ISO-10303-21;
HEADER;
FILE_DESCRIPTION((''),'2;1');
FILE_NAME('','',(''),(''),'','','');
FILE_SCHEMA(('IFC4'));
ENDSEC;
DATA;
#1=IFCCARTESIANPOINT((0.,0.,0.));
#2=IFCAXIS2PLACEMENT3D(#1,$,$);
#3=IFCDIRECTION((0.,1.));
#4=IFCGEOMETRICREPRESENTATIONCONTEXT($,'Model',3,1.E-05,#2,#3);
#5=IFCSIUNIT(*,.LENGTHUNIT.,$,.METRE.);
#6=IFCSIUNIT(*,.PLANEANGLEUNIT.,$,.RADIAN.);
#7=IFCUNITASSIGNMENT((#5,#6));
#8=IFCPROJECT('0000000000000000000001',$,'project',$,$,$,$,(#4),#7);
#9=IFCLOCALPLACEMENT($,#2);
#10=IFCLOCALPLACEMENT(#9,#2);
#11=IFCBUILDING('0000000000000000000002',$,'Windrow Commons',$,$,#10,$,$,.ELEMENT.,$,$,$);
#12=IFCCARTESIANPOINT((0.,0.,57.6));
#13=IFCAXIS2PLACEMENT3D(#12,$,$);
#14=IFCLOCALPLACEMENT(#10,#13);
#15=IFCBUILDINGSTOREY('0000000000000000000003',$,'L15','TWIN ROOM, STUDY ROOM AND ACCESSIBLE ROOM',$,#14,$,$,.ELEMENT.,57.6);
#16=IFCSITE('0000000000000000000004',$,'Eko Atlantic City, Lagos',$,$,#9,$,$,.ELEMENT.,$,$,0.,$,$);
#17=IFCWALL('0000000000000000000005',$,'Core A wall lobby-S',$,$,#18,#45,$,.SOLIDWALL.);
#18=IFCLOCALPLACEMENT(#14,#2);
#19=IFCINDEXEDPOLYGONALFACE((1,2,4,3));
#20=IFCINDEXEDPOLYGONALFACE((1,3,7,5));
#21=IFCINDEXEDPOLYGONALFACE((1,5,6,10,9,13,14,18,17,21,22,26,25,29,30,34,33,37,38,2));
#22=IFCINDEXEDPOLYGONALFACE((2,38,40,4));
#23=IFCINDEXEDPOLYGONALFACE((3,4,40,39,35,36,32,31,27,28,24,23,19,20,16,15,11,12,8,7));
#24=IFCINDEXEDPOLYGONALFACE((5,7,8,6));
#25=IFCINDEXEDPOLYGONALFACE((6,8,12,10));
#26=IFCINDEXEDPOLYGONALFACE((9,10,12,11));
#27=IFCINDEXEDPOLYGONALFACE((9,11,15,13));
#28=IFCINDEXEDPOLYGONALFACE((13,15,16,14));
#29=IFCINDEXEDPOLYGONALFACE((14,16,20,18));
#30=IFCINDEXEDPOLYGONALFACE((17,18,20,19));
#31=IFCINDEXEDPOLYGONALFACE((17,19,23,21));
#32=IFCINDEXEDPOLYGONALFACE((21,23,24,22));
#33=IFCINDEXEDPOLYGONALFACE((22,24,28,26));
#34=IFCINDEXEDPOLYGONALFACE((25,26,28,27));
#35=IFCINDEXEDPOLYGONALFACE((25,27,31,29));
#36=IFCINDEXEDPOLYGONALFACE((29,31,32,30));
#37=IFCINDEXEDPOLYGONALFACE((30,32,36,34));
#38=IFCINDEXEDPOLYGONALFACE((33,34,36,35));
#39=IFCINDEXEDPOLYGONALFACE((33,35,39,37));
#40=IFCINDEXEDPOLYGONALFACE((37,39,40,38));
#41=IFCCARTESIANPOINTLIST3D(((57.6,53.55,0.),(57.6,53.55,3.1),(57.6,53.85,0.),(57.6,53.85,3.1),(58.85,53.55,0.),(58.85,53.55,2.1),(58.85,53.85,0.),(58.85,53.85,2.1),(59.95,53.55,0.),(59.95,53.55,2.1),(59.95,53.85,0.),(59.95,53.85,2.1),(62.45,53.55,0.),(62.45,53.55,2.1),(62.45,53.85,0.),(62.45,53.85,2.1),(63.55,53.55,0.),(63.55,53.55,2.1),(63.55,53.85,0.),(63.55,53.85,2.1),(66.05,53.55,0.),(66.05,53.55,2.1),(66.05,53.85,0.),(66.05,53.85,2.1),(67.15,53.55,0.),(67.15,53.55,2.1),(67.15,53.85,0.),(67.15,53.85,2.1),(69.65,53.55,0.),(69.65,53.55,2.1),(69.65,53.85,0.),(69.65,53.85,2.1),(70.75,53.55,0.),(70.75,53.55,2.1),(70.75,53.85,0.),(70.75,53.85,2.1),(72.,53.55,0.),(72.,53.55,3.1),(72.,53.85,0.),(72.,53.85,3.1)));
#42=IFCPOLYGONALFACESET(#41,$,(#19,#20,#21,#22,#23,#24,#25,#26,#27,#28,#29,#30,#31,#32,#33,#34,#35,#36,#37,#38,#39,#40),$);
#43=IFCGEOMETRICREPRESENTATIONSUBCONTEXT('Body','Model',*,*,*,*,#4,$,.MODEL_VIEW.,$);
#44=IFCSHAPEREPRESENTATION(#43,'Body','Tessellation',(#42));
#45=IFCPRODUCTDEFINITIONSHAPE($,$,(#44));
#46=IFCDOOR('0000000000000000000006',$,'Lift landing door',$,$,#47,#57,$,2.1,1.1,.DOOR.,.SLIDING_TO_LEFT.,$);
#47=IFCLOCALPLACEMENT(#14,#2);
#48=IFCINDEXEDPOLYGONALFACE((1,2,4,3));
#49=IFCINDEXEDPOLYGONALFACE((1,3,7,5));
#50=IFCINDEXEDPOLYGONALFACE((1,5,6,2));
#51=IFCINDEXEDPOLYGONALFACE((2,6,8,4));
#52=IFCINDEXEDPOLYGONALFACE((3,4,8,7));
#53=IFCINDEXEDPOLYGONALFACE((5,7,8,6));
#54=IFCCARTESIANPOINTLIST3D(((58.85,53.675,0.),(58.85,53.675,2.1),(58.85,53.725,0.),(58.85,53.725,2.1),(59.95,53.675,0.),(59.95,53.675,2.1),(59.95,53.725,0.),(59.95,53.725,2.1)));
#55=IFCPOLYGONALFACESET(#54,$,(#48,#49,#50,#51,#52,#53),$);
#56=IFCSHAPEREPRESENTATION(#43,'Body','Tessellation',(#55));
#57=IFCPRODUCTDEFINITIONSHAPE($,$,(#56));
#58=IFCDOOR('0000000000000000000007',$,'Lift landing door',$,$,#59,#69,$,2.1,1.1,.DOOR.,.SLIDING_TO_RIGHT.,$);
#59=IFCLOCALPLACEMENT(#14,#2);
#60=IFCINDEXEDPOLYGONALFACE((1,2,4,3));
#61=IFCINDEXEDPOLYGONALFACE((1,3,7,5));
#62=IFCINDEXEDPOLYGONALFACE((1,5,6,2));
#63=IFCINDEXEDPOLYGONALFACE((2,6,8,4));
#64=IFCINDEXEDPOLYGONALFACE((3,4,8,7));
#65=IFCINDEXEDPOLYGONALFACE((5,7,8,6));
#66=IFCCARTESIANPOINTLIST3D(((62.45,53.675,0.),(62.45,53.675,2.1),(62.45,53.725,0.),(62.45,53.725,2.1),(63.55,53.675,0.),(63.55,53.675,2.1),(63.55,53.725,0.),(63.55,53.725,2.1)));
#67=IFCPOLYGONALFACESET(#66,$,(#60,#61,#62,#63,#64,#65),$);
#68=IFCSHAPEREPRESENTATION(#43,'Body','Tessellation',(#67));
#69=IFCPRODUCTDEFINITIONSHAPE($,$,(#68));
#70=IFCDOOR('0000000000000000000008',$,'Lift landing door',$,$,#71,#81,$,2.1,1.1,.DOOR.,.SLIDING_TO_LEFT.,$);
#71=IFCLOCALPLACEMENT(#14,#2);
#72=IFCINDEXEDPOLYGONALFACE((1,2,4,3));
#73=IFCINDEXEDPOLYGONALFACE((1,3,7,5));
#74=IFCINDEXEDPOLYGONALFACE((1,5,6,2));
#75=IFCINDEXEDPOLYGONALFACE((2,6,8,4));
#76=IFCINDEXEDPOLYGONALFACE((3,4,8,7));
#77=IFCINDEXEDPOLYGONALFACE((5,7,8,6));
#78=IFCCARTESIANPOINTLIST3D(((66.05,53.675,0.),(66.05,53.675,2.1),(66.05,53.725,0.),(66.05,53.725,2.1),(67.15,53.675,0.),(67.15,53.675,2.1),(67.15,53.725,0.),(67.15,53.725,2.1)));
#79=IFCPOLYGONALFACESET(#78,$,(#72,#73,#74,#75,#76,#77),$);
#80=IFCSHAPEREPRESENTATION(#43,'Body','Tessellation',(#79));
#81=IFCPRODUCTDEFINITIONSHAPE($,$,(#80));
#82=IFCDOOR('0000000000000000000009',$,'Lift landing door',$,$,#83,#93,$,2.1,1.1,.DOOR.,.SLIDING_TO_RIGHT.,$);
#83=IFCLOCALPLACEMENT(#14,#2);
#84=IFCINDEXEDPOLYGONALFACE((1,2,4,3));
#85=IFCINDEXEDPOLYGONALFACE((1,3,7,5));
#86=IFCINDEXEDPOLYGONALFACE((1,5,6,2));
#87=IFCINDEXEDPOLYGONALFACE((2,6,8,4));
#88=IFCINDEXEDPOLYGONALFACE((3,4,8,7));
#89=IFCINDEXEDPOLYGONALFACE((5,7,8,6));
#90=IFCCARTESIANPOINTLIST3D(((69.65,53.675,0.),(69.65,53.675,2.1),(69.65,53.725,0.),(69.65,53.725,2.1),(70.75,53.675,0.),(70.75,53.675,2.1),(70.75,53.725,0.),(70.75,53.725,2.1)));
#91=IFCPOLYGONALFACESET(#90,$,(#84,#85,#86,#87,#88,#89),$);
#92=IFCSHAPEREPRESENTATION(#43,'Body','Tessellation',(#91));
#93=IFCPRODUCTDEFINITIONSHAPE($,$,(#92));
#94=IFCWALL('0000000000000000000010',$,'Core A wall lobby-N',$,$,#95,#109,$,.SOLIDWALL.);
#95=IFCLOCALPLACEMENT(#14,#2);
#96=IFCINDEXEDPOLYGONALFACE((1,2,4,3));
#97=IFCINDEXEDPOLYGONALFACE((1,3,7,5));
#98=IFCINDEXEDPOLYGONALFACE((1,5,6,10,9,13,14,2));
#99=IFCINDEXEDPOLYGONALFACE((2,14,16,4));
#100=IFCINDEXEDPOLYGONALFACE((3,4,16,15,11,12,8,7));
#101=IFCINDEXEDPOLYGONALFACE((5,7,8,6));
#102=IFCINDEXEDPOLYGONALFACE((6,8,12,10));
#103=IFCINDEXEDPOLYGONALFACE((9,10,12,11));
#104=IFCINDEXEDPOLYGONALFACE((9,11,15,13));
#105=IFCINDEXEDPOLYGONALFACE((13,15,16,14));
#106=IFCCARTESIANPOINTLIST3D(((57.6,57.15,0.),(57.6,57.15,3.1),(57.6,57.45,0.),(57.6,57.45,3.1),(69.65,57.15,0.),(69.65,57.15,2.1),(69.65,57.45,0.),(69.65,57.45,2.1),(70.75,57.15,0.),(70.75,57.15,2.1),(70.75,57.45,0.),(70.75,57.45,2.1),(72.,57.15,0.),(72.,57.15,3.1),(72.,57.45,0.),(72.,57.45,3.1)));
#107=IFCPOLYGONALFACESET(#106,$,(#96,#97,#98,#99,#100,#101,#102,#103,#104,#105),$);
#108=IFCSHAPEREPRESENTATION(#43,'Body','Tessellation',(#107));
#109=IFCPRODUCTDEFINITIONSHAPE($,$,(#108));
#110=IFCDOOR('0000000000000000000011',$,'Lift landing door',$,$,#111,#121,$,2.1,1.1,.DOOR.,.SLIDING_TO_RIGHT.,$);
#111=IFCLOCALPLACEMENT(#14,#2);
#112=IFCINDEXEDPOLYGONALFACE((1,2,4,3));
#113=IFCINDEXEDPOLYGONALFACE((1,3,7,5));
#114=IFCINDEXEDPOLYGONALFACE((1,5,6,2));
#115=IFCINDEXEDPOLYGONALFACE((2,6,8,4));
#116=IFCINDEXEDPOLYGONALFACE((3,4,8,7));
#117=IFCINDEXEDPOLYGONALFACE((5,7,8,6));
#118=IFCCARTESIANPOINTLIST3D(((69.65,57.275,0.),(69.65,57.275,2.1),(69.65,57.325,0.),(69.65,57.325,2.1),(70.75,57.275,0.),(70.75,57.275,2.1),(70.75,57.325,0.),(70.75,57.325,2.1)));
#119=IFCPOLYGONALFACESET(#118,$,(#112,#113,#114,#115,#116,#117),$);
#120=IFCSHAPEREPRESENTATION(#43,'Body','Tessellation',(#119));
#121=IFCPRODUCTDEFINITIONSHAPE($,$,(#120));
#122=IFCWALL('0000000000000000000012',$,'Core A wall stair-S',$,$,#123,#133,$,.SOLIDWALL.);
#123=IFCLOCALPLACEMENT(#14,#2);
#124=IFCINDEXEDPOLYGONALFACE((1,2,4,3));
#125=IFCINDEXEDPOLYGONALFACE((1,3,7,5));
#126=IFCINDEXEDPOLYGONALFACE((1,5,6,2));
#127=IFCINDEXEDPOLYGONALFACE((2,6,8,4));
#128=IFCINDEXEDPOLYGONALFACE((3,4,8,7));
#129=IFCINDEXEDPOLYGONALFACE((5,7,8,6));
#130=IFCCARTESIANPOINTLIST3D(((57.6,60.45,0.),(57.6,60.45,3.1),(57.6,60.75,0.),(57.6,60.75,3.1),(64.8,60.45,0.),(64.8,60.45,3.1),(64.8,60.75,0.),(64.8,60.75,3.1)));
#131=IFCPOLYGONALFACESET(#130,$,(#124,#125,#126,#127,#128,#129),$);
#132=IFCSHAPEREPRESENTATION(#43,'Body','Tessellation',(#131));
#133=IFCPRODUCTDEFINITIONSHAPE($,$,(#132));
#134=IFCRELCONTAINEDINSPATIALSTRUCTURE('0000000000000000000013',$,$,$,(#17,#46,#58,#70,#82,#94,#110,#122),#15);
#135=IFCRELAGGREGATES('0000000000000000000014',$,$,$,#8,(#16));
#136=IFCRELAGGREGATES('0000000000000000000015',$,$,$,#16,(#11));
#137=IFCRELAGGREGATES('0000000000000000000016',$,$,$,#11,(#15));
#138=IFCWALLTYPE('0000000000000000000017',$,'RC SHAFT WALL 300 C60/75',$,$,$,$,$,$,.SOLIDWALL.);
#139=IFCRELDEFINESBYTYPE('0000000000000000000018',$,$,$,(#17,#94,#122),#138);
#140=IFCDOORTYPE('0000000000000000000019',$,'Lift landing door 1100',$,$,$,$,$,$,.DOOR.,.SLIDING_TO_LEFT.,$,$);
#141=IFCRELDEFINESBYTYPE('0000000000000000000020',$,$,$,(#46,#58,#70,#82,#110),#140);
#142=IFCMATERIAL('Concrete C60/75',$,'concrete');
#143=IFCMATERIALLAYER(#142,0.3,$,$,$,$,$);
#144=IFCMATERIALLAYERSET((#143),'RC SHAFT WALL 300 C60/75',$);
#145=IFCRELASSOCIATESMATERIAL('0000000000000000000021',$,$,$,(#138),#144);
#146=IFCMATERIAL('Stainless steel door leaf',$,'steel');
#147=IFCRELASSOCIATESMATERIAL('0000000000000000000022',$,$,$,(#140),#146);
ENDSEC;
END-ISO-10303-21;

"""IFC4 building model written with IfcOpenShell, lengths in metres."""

from ifc_helpers import new_model, si_unit, direction, frame, frame_2d, origin, place, context, subcontext, project, spatial, rectangle, extrude, material, layer, layer_set, type_object, element, fill, save


model = new_model("IFC4")

# Units and contexts
model_context = context("Model", 3, precision=1e-05, world=origin(), true_north=direction((0.0, 1.0)))
body_context = subcontext(model_context, "Body", "Model", "MODEL_VIEW")
ifc_project = project(units=[si_unit("LENGTHUNIT", "METRE"), si_unit("PLANEANGLEUNIT", "RADIAN")], contexts=[model_context])

# Site, building, storey
site_placement = place(None, origin())
site = spatial("IfcSite", under=ifc_project, at=site_placement, Name="Eko Atlantic City, Lagos", CompositionType="ELEMENT", RefElevation=0.0)
building_placement = place(site_placement, origin())
building = spatial("IfcBuilding", under=site, at=building_placement, Name="Windrow Commons", CompositionType="ELEMENT")
storey_placement = place(building_placement, frame((0.0, 0.0, 57.6)))
storey = spatial("IfcBuildingStorey", under=building, at=storey_placement, Name="L15", Description="TWIN ROOM, STUDY ROOM AND ACCESSIBLE ROOM", CompositionType="ELEMENT", Elevation=57.6)

# Shared definitions
ifc_material_1 = material(Name="Concrete C60/75", Category="concrete")
ifc_layer_1 = layer(ifc_material_1, 0.3)
ifc_layer_set_1 = layer_set([ifc_layer_1], Name="RC SHAFT WALL 300 C60/75")
wall_type_1 = type_object("IfcWallType", Name="RC SHAFT WALL 300 C60/75", PredefinedType="SOLIDWALL", material=ifc_layer_set_1)

# Wall, openings, doors
wall_1_placement = place(storey_placement, frame((57.6, 53.7, 0.0), z_axis=(0.0, 0.0, 1.0), x_axis=(1.0, 0.0, 0.0)))
wall_1 = element("IfcWall", 1, at=wall_1_placement, inside=storey, type_object=wall_type_1, Name="Core A wall lobby-S", PredefinedType="SOLIDWALL", context=body_context, shape_type="SweptSolid", body=[
    extrude(rectangle(XDim=14.4, YDim=0.3, at=frame_2d((7.2, 0.0))), origin(), (0.0, 0.0, 1.0), 3.1),
])
opening_1_placement = place(wall_1_placement, frame((1.25, 0.0, 0.0)))
opening_1 = element("IfcOpeningElement", 2, at=opening_1_placement, cuts=wall_1, PredefinedType="OPENING", context=body_context, shape_type="SweptSolid", body=[
    extrude(rectangle(XDim=1.1, YDim=2.1, at=frame_2d((0.55, 1.05))), frame((0.0, 0.16, 0.0), z_axis=(0.0, -1.0, 0.0), x_axis=(1.0, 0.0, 0.0)), (0.0, 0.0, 1.0), 0.32),
])
opening_2_placement = place(wall_1_placement, frame((4.85, 0.0, 0.0)))
opening_2 = element("IfcOpeningElement", 3, at=opening_2_placement, cuts=wall_1, PredefinedType="OPENING", context=body_context, shape_type="SweptSolid", body=[
    extrude(rectangle(XDim=1.1, YDim=2.1, at=frame_2d((0.55, 1.05))), frame((0.0, 0.16, 0.0), z_axis=(0.0, -1.0, 0.0), x_axis=(1.0, 0.0, 0.0)), (0.0, 0.0, 1.0), 0.32),
])
opening_3_placement = place(wall_1_placement, frame((8.45, 0.0, 0.0)))
opening_3 = element("IfcOpeningElement", 4, at=opening_3_placement, cuts=wall_1, PredefinedType="OPENING", context=body_context, shape_type="SweptSolid", body=[
    extrude(rectangle(XDim=1.1, YDim=2.1, at=frame_2d((0.55, 1.05))), frame((0.0, 0.16, 0.0), z_axis=(0.0, -1.0, 0.0), x_axis=(1.0, 0.0, 0.0)), (0.0, 0.0, 1.0), 0.32),
])
opening_4_placement = place(wall_1_placement, frame((12.05, 0.0, 0.0)))
opening_4 = element("IfcOpeningElement", 5, at=opening_4_placement, cuts=wall_1, PredefinedType="OPENING", context=body_context, shape_type="SweptSolid", body=[
    extrude(rectangle(XDim=1.1, YDim=2.1, at=frame_2d((0.55, 1.05))), frame((0.0, 0.16, 0.0), z_axis=(0.0, -1.0, 0.0), x_axis=(1.0, 0.0, 0.0)), (0.0, 0.0, 1.0), 0.32),
])
ifc_material_2 = material(Name="Stainless steel door leaf", Category="steel")
door_type_1 = type_object("IfcDoorType", Name="Lift landing door 1100", OperationType="SLIDING_TO_LEFT", PredefinedType="DOOR", material=ifc_material_2)
door_1_placement = place(opening_1_placement, origin())
door_1 = element("IfcDoor", 6, at=door_1_placement, inside=storey, type_object=door_type_1, Name="Lift landing door", OperationType="SLIDING_TO_LEFT", OverallHeight=2.1, OverallWidth=1.1, PredefinedType="DOOR", context=body_context, shape_type="SweptSolid", body=[
    extrude(rectangle(XDim=1.1, YDim=2.1, at=frame_2d((0.55, 1.05))), frame((0.0, 0.025, 0.0), z_axis=(0.0, -1.0, 0.0), x_axis=(1.0, 0.0, 0.0)), (0.0, 0.0, 1.0), 0.05),
])
fill(opening_1, door_1)
door_2_placement = place(opening_2_placement, origin())
door_2 = element("IfcDoor", 7, at=door_2_placement, inside=storey, type_object=door_type_1, Name="Lift landing door", OperationType="SLIDING_TO_RIGHT", OverallHeight=2.1, OverallWidth=1.1, PredefinedType="DOOR", context=body_context, shape_type="SweptSolid", body=[
    extrude(rectangle(XDim=1.1, YDim=2.1, at=frame_2d((0.55, 1.05))), frame((0.0, 0.025, 0.0), z_axis=(0.0, -1.0, 0.0), x_axis=(1.0, 0.0, 0.0)), (0.0, 0.0, 1.0), 0.05),
])
fill(opening_2, door_2)
door_3_placement = place(opening_3_placement, origin())
door_3 = element("IfcDoor", 8, at=door_3_placement, inside=storey, type_object=door_type_1, Name="Lift landing door", OperationType="SLIDING_TO_LEFT", OverallHeight=2.1, OverallWidth=1.1, PredefinedType="DOOR", context=body_context, shape_type="SweptSolid", body=[
    extrude(rectangle(XDim=1.1, YDim=2.1, at=frame_2d((0.55, 1.05))), frame((0.0, 0.025, 0.0), z_axis=(0.0, -1.0, 0.0), x_axis=(1.0, 0.0, 0.0)), (0.0, 0.0, 1.0), 0.05),
])
fill(opening_3, door_3)
door_4_placement = place(opening_4_placement, origin())
door_4 = element("IfcDoor", 9, at=door_4_placement, inside=storey, type_object=door_type_1, Name="Lift landing door", OperationType="SLIDING_TO_RIGHT", OverallHeight=2.1, OverallWidth=1.1, PredefinedType="DOOR", context=body_context, shape_type="SweptSolid", body=[
    extrude(rectangle(XDim=1.1, YDim=2.1, at=frame_2d((0.55, 1.05))), frame((0.0, 0.025, 0.0), z_axis=(0.0, -1.0, 0.0), x_axis=(1.0, 0.0, 0.0)), (0.0, 0.0, 1.0), 0.05),
])
fill(opening_4, door_4)

# Wall, opening, door
wall_2_placement = place(storey_placement, frame((57.6, 57.3, 0.0), z_axis=(0.0, 0.0, 1.0), x_axis=(1.0, 0.0, 0.0)))
wall_2 = element("IfcWall", 10, at=wall_2_placement, inside=storey, type_object=wall_type_1, Name="Core A wall lobby-N", PredefinedType="SOLIDWALL", context=body_context, shape_type="SweptSolid", body=[
    extrude(rectangle(XDim=14.4, YDim=0.3, at=frame_2d((7.2, 0.0))), origin(), (0.0, 0.0, 1.0), 3.1),
])
opening_5_placement = place(wall_2_placement, frame((12.05, 0.0, 0.0)))
opening_5 = element("IfcOpeningElement", 11, at=opening_5_placement, cuts=wall_2, PredefinedType="OPENING", context=body_context, shape_type="SweptSolid", body=[
    extrude(rectangle(XDim=1.1, YDim=2.1, at=frame_2d((0.55, 1.05))), frame((0.0, 0.16, 0.0), z_axis=(0.0, -1.0, 0.0), x_axis=(1.0, 0.0, 0.0)), (0.0, 0.0, 1.0), 0.32),
])
door_5_placement = place(opening_5_placement, origin())
door_5 = element("IfcDoor", 12, at=door_5_placement, inside=storey, type_object=door_type_1, Name="Lift landing door", OperationType="SLIDING_TO_RIGHT", OverallHeight=2.1, OverallWidth=1.1, PredefinedType="DOOR", context=body_context, shape_type="SweptSolid", body=[
    extrude(rectangle(XDim=1.1, YDim=2.1, at=frame_2d((0.55, 1.05))), frame((0.0, 0.025, 0.0), z_axis=(0.0, -1.0, 0.0), x_axis=(1.0, 0.0, 0.0)), (0.0, 0.0, 1.0), 0.05),
])
fill(opening_5, door_5)

# Wall
wall_3_placement = place(storey_placement, frame((57.6, 60.6, 0.0), z_axis=(0.0, 0.0, 1.0), x_axis=(1.0, 0.0, 0.0)))
element("IfcWall", 13, at=wall_3_placement, inside=storey, type_object=wall_type_1, Name="Core A wall stair-S", PredefinedType="SOLIDWALL", context=body_context, shape_type="SweptSolid", body=[
    extrude(rectangle(XDim=7.2, YDim=0.3, at=frame_2d((3.6, 0.0))), origin(), (0.0, 0.0, 1.0), 3.1),
])

save(model, "model.ifc")
